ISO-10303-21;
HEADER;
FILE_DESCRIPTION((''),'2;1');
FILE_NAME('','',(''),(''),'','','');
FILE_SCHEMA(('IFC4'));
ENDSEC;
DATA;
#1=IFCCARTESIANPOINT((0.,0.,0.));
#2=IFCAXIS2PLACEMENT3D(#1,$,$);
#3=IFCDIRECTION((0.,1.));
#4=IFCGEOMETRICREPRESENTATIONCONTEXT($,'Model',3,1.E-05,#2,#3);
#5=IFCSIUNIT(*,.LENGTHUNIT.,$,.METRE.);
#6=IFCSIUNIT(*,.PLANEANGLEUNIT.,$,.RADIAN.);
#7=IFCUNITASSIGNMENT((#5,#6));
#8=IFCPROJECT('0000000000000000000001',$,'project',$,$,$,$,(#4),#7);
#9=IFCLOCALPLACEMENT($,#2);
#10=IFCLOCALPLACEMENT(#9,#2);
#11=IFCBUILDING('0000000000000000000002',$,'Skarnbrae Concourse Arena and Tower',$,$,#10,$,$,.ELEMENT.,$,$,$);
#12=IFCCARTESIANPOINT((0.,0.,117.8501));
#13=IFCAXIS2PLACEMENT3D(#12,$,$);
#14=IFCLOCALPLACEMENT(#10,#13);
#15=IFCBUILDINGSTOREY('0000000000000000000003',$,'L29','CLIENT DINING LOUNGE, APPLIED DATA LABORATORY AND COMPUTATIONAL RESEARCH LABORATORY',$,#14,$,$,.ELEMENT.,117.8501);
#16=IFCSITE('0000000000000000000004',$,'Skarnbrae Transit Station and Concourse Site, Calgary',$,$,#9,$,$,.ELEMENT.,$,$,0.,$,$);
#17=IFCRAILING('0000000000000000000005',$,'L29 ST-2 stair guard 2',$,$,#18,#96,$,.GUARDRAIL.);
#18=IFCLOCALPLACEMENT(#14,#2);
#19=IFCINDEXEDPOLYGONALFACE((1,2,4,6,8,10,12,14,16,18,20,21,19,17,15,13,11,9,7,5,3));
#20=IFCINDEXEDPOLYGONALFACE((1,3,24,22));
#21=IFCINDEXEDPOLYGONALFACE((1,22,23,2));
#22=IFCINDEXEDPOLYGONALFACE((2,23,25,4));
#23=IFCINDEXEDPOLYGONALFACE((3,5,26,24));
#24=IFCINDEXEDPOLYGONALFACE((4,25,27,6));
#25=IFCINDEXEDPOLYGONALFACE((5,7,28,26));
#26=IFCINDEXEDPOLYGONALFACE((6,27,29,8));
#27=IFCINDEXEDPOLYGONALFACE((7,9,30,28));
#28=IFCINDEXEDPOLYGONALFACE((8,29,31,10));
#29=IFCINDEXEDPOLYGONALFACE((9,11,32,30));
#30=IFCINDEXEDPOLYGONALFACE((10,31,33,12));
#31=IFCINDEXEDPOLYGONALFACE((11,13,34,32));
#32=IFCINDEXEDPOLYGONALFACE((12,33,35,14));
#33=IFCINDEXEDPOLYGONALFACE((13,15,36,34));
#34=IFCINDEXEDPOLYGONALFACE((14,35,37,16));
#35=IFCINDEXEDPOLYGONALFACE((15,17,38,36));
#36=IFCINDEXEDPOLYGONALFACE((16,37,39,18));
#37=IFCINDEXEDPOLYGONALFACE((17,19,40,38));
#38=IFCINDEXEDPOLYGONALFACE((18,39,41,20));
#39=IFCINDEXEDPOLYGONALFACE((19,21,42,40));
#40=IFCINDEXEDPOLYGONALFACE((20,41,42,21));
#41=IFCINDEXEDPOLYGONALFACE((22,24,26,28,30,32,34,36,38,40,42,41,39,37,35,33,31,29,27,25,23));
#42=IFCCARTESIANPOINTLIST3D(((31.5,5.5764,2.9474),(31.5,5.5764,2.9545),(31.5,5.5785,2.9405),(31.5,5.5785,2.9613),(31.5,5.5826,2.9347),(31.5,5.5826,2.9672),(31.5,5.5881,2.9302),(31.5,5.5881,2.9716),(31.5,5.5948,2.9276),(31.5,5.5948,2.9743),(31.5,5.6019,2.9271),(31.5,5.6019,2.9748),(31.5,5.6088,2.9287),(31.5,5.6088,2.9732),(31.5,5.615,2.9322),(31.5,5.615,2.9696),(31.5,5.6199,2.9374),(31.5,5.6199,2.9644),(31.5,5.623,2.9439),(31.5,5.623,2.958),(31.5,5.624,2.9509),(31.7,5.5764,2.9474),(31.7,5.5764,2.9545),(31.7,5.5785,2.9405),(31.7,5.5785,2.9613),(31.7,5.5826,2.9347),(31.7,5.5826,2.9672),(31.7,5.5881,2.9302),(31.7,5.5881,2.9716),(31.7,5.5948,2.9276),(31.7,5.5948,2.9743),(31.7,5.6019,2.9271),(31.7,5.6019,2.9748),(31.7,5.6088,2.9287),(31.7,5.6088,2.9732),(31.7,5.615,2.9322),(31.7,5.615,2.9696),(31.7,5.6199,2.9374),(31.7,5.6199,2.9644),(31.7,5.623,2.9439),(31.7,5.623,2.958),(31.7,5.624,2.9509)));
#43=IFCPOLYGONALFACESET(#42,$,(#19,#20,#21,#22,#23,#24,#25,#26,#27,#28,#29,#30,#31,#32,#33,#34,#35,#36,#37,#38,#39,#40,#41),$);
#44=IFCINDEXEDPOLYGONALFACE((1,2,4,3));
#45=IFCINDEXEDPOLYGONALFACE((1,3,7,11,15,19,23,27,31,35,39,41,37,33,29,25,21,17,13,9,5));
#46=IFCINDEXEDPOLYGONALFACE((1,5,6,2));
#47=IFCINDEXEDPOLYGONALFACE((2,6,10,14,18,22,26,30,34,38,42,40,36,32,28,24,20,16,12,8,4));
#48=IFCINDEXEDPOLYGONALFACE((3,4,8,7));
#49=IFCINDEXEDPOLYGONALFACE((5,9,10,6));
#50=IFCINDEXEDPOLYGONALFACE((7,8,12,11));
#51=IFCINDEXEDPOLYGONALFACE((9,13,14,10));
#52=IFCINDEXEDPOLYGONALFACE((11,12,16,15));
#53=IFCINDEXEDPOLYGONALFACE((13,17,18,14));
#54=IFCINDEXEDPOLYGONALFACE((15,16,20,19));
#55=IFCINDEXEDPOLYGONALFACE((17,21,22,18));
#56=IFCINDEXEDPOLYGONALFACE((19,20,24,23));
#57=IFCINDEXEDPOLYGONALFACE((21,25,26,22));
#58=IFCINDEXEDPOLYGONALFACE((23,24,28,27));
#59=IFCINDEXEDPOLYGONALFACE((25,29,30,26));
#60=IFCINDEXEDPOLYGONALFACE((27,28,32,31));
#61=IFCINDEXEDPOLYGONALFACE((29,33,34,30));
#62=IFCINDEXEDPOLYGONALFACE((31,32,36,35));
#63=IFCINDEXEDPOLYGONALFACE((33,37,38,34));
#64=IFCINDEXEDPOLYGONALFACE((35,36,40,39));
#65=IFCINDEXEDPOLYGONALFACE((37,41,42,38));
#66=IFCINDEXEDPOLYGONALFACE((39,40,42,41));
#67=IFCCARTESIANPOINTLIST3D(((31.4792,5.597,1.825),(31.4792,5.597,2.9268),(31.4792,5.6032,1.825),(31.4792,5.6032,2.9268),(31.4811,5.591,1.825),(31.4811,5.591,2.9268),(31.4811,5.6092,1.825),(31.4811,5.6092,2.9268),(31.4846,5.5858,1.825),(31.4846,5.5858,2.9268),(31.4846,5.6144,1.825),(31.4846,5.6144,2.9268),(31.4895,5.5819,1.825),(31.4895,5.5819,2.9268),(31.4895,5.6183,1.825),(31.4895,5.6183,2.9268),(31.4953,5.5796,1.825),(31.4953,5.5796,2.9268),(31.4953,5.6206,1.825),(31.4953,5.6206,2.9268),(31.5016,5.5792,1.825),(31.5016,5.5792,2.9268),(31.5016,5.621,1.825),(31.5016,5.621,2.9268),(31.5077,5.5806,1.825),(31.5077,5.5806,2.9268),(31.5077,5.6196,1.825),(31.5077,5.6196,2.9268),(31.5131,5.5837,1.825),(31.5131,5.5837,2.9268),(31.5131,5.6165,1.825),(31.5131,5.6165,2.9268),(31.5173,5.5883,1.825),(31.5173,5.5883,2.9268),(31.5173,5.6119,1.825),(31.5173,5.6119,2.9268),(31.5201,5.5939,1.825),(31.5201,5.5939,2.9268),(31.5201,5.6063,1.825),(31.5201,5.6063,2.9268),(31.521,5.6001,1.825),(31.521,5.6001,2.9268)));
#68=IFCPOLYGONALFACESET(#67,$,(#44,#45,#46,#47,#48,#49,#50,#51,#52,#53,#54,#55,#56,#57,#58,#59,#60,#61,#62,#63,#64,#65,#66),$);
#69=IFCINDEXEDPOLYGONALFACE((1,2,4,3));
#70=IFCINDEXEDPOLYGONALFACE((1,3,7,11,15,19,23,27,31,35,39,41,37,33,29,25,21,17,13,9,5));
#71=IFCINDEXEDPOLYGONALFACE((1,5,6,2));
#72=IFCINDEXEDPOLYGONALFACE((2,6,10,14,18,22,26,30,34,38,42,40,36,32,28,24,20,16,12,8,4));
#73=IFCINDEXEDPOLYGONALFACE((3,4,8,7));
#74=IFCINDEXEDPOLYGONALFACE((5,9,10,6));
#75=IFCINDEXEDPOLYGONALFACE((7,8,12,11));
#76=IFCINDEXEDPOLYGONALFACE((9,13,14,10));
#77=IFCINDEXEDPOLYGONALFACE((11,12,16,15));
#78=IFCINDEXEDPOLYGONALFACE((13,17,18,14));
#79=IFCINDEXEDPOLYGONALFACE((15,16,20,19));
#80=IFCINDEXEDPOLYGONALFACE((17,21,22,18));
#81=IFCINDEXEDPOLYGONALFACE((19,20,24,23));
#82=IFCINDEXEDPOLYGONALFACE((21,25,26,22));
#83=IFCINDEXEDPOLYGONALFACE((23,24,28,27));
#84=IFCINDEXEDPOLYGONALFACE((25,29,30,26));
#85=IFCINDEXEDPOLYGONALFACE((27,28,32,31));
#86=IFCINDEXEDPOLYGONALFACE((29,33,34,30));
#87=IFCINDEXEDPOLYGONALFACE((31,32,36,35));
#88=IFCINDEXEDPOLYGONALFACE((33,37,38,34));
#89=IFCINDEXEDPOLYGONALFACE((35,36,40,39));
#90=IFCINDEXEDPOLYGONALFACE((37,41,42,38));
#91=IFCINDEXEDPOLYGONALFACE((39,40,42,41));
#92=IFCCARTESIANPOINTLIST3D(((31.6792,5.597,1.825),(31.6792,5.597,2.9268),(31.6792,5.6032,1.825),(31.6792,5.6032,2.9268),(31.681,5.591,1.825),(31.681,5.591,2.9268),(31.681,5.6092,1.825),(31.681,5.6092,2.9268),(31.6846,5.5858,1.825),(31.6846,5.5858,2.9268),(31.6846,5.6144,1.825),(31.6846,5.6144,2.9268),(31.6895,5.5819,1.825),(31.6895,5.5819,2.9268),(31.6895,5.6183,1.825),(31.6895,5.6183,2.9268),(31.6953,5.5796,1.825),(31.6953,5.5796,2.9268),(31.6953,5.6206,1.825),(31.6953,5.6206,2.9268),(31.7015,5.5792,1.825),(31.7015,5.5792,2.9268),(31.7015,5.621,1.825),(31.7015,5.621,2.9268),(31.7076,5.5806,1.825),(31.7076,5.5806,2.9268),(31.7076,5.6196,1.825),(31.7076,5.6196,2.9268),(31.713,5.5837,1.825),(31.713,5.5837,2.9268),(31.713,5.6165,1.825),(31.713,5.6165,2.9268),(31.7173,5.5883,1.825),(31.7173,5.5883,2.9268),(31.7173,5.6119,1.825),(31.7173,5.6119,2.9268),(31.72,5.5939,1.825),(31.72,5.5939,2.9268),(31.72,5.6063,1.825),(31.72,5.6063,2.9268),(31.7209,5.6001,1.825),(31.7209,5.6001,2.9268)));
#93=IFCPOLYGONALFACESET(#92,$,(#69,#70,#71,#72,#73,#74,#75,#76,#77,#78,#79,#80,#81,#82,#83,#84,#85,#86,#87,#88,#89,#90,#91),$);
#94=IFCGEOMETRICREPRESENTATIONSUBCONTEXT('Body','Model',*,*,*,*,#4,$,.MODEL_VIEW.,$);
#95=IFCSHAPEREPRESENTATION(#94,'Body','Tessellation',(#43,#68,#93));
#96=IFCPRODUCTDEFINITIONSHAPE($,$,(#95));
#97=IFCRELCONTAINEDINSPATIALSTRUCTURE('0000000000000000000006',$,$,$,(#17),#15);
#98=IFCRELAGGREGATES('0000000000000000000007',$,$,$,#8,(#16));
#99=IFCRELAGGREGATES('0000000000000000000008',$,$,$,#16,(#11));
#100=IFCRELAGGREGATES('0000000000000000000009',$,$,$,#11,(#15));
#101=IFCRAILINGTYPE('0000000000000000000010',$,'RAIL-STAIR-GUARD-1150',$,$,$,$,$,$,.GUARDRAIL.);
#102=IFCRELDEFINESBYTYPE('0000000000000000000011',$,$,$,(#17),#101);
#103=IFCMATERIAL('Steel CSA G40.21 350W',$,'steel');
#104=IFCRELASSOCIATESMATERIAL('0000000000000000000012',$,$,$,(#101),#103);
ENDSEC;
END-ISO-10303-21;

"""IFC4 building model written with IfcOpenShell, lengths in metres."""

from ifc_helpers import new_model, si_unit, direction, frame, origin, origin_2d, place, context, subcontext, project, spatial, circle, extrude, material, type_object, element, save


model = new_model("IFC4")

# Units and contexts
model_context = context("Model", 3, precision=1e-05, world=origin(), true_north=direction((0.0, 1.0)))
body_context = subcontext(model_context, "Body", "Model", "MODEL_VIEW")
ifc_project = project(units=[si_unit("LENGTHUNIT", "METRE"), si_unit("PLANEANGLEUNIT", "RADIAN")], contexts=[model_context])

# Site, building, storey
site_placement = place(None, origin())
site = spatial("IfcSite", under=ifc_project, at=site_placement, Name="Skarnbrae Transit Station and Concourse Site, Calgary", CompositionType="ELEMENT", RefElevation=0.0)
building_placement = place(site_placement, origin())
building = spatial("IfcBuilding", under=site, at=building_placement, Name="Skarnbrae Concourse Arena and Tower", CompositionType="ELEMENT")
storey_placement = place(building_placement, frame((0.0, 0.0, 117.8501)))
storey = spatial("IfcBuildingStorey", under=building, at=storey_placement, Name="L29", Description="CLIENT DINING LOUNGE, APPLIED DATA LABORATORY AND COMPUTATIONAL RESEARCH LABORATORY", CompositionType="ELEMENT", Elevation=117.8501)

# Shared definitions
ifc_material_1 = material(Name="Steel CSA G40.21 350W", Category="steel")

# Railing
railing_type_1 = type_object("IfcRailingType", Name="RAIL-STAIR-GUARD-1150", PredefinedType="GUARDRAIL", material=ifc_material_1)
railing_1_placement = place(storey_placement, frame((31.5, 5.6001, 1.825)))
element("IfcRailing", 1, at=railing_1_placement, inside=storey, type_object=railing_type_1, Name="L29 ST-2 stair guard 2", PredefinedType="GUARDRAIL", context=body_context, shape_type="SweptSolid", body=[
    extrude(circle(Radius=0.0239, at=origin_2d()), frame((0.0, 0.0, 1.126), z_axis=(1.0, 0.0, 0.0), x_axis=(0.0, 1.0, 0.0)), (0.0, 0.0, 1.0), 0.2),
    extrude(circle(Radius=0.021, at=origin_2d()), origin(), (0.0, 0.0, 1.0), 1.1018),
    extrude(circle(Radius=0.021, at=origin_2d()), frame((0.2, 0.0, 0.0)), (0.0, 0.0, 1.0), 1.1018),
])

save(model, "model.ifc")
